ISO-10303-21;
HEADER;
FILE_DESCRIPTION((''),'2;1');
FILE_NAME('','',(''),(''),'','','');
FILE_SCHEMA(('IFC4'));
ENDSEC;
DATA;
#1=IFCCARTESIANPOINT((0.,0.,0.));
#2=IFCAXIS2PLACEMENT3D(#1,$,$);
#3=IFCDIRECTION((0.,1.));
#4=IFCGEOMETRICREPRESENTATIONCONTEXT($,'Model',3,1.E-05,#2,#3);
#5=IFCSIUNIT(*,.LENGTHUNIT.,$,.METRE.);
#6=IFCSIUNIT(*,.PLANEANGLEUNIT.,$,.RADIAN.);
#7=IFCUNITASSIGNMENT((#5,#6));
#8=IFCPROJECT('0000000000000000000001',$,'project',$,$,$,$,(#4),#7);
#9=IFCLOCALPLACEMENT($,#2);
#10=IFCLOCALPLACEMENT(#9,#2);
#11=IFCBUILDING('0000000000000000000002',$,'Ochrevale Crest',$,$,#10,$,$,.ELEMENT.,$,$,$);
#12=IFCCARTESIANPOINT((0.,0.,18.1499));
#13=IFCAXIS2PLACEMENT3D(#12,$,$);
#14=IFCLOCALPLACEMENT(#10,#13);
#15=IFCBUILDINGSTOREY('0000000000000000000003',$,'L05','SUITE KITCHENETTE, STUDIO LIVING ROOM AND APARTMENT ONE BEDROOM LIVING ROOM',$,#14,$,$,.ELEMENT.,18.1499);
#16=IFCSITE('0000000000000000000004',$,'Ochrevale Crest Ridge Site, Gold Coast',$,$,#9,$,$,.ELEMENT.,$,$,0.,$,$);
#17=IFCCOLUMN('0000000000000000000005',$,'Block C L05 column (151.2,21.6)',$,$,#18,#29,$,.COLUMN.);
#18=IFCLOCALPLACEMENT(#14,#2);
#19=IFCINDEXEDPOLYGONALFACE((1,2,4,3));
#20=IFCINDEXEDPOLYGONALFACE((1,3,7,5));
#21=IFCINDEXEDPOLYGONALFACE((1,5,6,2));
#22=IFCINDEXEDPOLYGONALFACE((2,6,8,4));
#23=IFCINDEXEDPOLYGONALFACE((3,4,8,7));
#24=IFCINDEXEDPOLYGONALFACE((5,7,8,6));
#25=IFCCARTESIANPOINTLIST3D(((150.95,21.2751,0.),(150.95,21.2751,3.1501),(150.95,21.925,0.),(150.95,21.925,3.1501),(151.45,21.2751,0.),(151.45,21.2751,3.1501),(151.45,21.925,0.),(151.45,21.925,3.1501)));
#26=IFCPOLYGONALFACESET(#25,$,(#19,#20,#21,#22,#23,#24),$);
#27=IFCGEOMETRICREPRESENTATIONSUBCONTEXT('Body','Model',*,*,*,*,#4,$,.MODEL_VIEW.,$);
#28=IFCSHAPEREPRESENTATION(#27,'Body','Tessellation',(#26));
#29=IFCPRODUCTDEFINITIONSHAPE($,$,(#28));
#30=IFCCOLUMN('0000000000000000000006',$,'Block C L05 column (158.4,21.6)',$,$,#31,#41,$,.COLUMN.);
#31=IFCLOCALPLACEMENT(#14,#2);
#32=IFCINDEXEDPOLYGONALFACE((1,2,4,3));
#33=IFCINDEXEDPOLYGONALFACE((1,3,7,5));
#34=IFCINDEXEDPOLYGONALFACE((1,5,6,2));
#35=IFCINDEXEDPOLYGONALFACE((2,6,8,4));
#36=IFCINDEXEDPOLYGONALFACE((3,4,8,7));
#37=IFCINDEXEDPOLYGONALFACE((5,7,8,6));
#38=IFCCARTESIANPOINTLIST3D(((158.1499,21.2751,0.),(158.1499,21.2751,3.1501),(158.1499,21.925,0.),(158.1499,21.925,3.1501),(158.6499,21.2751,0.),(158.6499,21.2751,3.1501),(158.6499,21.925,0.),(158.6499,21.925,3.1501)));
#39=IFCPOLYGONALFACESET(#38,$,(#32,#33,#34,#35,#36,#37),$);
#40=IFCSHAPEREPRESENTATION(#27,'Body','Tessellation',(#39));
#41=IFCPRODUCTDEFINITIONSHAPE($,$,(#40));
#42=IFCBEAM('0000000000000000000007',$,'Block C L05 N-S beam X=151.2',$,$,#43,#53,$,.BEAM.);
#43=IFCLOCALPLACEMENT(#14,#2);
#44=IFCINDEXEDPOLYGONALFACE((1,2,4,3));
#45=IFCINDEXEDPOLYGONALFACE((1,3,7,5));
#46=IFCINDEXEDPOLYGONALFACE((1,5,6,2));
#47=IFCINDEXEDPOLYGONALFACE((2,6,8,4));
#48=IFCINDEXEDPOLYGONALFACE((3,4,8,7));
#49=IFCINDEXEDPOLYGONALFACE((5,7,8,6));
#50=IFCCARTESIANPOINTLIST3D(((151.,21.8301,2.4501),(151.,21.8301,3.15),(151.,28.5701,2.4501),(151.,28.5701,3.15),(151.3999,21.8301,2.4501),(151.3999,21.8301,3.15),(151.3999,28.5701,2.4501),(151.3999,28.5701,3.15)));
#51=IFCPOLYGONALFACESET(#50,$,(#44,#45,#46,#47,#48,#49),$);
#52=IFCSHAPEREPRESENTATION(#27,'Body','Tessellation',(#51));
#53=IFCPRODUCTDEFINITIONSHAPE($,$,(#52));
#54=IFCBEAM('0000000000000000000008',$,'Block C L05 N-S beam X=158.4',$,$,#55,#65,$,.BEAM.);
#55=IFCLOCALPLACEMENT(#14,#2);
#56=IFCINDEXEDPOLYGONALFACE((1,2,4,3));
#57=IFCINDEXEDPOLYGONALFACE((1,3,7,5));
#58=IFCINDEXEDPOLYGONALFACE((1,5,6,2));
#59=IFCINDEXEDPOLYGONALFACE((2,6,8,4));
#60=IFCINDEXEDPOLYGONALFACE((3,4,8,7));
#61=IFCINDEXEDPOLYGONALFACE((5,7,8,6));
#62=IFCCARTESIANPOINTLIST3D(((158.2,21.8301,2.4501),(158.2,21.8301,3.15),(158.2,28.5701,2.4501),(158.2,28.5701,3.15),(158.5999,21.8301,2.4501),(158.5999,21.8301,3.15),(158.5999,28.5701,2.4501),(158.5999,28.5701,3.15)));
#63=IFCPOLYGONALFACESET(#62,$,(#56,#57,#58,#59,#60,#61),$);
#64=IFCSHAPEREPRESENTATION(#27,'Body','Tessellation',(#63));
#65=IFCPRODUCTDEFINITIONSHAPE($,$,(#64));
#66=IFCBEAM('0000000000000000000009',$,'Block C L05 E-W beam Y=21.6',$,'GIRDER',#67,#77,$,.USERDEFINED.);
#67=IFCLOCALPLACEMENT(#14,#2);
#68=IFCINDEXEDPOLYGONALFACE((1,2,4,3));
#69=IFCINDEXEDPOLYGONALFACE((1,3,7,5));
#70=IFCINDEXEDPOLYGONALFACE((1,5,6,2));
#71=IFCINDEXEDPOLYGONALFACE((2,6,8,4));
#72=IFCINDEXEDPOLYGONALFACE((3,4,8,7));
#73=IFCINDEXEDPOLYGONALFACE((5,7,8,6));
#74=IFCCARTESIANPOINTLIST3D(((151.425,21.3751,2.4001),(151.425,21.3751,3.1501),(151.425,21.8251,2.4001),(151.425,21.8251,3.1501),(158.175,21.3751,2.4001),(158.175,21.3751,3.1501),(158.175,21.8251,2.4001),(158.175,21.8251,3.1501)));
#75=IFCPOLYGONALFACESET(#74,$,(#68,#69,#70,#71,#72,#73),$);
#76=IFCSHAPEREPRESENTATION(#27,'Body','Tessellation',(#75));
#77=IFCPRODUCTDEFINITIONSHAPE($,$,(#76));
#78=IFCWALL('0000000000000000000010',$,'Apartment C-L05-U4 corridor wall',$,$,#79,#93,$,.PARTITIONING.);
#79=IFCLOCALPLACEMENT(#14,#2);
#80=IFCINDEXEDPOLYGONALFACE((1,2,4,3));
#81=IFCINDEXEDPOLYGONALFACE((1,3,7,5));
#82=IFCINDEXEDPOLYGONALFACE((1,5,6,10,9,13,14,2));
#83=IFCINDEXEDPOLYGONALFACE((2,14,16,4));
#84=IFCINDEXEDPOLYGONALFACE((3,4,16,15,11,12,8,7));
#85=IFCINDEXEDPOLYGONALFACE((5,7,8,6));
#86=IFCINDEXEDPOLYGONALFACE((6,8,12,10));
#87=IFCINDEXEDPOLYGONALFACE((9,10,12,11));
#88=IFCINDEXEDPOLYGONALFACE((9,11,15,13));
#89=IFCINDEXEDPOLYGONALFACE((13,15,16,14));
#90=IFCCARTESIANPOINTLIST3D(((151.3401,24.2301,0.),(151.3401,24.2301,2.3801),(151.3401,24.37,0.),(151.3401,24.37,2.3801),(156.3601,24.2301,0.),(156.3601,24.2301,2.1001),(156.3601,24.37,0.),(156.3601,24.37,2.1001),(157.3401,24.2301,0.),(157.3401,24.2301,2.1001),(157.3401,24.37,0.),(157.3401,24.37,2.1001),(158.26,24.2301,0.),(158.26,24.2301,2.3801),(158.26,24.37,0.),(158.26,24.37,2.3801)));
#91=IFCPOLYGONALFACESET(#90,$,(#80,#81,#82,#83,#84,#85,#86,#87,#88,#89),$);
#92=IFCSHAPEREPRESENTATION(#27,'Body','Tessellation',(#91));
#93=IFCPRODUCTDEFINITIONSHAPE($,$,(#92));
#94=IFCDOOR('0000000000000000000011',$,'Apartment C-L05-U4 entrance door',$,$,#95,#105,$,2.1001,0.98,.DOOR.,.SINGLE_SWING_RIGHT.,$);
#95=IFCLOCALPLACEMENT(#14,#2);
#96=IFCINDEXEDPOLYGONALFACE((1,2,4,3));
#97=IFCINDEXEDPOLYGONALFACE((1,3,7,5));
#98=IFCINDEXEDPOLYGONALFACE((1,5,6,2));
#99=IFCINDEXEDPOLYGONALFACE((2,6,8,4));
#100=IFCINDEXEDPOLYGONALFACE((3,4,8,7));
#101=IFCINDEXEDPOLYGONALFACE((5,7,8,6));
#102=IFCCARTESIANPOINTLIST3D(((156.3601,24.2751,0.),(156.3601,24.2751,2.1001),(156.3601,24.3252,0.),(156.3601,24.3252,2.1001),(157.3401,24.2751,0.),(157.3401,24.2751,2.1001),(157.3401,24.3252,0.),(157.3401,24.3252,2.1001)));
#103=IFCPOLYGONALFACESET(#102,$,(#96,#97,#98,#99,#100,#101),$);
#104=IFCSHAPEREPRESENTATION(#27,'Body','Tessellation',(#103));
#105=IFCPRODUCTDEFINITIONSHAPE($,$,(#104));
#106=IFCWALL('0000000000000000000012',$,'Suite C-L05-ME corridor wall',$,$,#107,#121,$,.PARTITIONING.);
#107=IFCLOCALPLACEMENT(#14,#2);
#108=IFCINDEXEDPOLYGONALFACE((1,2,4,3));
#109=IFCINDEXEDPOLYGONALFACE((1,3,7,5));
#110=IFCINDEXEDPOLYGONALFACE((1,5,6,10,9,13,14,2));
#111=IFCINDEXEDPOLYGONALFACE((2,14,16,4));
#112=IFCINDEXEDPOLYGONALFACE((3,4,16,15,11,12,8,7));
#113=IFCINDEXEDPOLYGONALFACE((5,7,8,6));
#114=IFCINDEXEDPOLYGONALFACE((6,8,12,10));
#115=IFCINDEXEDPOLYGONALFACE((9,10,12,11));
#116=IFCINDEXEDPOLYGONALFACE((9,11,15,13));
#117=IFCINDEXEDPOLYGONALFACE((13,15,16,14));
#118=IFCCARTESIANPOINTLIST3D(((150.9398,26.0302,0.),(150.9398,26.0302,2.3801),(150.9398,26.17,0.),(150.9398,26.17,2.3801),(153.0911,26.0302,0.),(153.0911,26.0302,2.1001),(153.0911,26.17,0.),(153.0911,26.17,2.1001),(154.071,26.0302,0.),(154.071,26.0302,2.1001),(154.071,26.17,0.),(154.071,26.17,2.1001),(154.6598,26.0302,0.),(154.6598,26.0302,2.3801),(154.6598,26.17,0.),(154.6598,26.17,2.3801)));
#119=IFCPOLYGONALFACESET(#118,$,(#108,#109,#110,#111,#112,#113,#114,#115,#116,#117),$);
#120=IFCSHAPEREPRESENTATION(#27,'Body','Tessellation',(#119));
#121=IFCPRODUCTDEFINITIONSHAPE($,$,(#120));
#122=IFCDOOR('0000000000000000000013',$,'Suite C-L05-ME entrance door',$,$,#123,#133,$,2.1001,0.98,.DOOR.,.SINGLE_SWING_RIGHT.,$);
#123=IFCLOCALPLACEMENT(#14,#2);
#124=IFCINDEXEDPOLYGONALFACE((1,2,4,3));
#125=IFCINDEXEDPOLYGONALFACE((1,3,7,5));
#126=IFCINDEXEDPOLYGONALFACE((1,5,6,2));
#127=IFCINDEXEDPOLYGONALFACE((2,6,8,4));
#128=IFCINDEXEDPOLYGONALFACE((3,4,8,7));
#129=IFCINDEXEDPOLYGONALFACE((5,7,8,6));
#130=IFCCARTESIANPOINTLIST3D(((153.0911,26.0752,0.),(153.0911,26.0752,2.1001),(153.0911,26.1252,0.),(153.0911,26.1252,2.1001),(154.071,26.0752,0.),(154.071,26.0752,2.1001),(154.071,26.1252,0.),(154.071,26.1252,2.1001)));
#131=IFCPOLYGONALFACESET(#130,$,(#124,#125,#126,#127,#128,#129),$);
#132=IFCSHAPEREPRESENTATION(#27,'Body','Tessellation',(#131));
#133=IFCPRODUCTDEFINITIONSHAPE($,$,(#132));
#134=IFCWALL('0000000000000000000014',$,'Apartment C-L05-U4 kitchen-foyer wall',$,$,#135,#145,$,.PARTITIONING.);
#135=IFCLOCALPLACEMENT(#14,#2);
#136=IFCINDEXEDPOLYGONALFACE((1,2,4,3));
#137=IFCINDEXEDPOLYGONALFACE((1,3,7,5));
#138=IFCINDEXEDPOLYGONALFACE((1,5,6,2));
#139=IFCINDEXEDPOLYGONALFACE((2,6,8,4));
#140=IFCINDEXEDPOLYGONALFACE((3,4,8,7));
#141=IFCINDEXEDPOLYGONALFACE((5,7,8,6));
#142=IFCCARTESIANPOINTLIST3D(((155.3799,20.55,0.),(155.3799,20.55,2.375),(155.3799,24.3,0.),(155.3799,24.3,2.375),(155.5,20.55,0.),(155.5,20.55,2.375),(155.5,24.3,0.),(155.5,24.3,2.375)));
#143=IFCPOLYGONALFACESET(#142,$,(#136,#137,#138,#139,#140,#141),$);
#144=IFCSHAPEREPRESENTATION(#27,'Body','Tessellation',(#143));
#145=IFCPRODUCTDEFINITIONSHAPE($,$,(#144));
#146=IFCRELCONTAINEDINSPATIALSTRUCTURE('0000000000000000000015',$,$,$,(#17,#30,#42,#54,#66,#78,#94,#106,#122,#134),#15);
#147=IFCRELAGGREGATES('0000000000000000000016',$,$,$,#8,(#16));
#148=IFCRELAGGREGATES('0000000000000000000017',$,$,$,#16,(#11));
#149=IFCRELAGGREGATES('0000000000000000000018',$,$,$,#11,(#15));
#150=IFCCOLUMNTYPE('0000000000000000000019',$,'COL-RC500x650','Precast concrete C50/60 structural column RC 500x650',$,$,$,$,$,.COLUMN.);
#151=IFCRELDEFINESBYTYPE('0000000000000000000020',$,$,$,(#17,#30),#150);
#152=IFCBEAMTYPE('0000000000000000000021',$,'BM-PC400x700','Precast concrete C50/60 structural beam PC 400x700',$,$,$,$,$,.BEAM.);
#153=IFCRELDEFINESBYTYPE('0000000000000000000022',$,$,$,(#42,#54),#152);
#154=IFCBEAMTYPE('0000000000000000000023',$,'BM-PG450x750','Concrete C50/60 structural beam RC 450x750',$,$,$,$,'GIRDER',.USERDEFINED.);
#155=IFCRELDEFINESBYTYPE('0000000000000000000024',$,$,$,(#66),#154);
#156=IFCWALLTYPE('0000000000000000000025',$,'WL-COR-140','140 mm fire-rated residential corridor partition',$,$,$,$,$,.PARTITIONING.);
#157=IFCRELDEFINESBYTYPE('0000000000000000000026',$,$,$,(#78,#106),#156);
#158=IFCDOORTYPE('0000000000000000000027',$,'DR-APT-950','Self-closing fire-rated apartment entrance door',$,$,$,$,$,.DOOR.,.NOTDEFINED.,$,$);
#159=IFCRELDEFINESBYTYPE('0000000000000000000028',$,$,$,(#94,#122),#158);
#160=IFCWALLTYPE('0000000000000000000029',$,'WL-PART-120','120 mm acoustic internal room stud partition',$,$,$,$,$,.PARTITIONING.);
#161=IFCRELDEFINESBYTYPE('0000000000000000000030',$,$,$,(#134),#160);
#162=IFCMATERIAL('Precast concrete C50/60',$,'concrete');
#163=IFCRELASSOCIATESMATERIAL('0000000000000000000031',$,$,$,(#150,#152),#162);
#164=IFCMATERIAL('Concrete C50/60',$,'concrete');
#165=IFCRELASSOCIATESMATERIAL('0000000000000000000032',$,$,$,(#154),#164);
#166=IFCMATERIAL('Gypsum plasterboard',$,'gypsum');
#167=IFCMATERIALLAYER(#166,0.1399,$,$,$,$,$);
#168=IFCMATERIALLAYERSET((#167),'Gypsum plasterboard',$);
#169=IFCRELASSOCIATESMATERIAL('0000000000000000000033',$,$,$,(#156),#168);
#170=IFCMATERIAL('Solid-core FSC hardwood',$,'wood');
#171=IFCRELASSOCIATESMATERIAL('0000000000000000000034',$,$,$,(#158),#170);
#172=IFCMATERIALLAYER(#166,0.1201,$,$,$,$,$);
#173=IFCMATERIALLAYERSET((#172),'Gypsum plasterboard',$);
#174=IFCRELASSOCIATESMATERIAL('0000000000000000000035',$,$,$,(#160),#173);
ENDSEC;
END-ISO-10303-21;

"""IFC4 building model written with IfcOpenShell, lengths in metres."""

from ifc_helpers import new_model, si_unit, direction, frame, frame_2d, origin, origin_2d, place, context, subcontext, project, spatial, rectangle, extrude, material, layer, layer_set, material_profile, profile_set, type_object, element, fill, save


model = new_model("IFC4")

# Units and contexts
model_context = context("Model", 3, precision=1e-05, world=origin(), true_north=direction((0.0, 1.0)))
body_context = subcontext(model_context, "Body", "Model", "MODEL_VIEW")
ifc_project = project(units=[si_unit("LENGTHUNIT", "METRE"), si_unit("PLANEANGLEUNIT", "RADIAN")], contexts=[model_context])

# Site, building, storey
site_placement = place(None, origin())
site = spatial("IfcSite", under=ifc_project, at=site_placement, Name="Ochrevale Crest Ridge Site, Gold Coast", CompositionType="ELEMENT", RefElevation=0.0)
building_placement = place(site_placement, origin())
building = spatial("IfcBuilding", under=site, at=building_placement, Name="Ochrevale Crest", CompositionType="ELEMENT")
storey_placement = place(building_placement, frame((0.0, 0.0, 18.1499)))
storey = spatial("IfcBuildingStorey", under=building, at=storey_placement, Name="L05", Description="SUITE KITCHENETTE, STUDIO LIVING ROOM AND APARTMENT ONE BEDROOM LIVING ROOM", CompositionType="ELEMENT", Elevation=18.1499)

# Columns
ifc_material_1 = material(Name="Precast concrete C50/60", Category="concrete")
ifc_material_profile_1 = material_profile(ifc_material_1, rectangle(XDim=0.5, YDim=0.6499, at=origin_2d()), Name="RC 500x650")
ifc_profile_set_1 = profile_set([ifc_material_profile_1], Name="Precast concrete C50/60")
column_type = type_object("IfcColumnType", Name="COL-RC500x650", Description="Precast concrete C50/60 structural column RC 500x650", PredefinedType="COLUMN", material=ifc_profile_set_1)
for number, where, z_axis, x_axis, name in (
    (1, (151.2, 21.6001, 0.0), (0.0, 0.0, 1.0), (1.0, 0.0, 0.0), "Block C L05 column (151.2,21.6)"),
    (2, (158.3999, 21.6001, 0.0), (0.0, 0.0, 1.0), (1.0, 0.0, 0.0), "Block C L05 column (158.4,21.6)"),
):
    element("IfcColumn", number, at=place(storey_placement, frame(where, z_axis=z_axis, x_axis=x_axis)), inside=storey, type_object=column_type, Name=name, PredefinedType="COLUMN", context=body_context, shape_type="SweptSolid", body=[
        extrude(rectangle(XDim=0.5, YDim=0.6499, at=origin_2d()), origin(), (0.0, 0.0, 1.0), 3.1501),
    ])

# Beams
ifc_material_profile_2 = material_profile(ifc_material_1, rectangle(XDim=0.3999, YDim=0.7, at=origin_2d()), Name="PC 400x700")
ifc_profile_set_2 = profile_set([ifc_material_profile_2], Name="Precast concrete C50/60")
beam_type_1 = type_object("IfcBeamType", Name="BM-PC400x700", Description="Precast concrete C50/60 structural beam PC 400x700", PredefinedType="BEAM", material=ifc_profile_set_2)
for number, where, z_axis, x_axis, name in (
    (3, (151.2, 21.8301, 2.8), (0.0, 1.0, 0.0), (-1.0, 0.0, 0.0), "Block C L05 N-S beam X=151.2"),
    (4, (158.3999, 21.8301, 2.8), (0.0, 1.0, 0.0), (-1.0, 0.0, 0.0), "Block C L05 N-S beam X=158.4"),
):
    element("IfcBeam", number, at=place(storey_placement, frame(where, z_axis=z_axis, x_axis=x_axis)), inside=storey, type_object=beam_type_1, Name=name, PredefinedType="BEAM", context=body_context, shape_type="SweptSolid", body=[
        extrude(rectangle(XDim=0.3999, YDim=0.7, at=origin_2d()), origin(), (0.0, 0.0, 1.0), 6.74),
    ])
ifc_material_2 = material(Name="Concrete C50/60", Category="concrete")
ifc_material_profile_3 = material_profile(ifc_material_2, rectangle(XDim=0.45, YDim=0.75, at=origin_2d()), Name="RC 450x750")
ifc_profile_set_3 = profile_set([ifc_material_profile_3], Name="Concrete C50/60")
beam_type_2 = type_object("IfcBeamType", Name="BM-PG450x750", Description="Concrete C50/60 structural beam RC 450x750", ElementType="GIRDER", PredefinedType="USERDEFINED", material=ifc_profile_set_3)
beam_placement = place(storey_placement, frame((151.425, 21.6001, 2.7751), z_axis=(1.0, 0.0, 0.0), x_axis=(0.0, 1.0, 0.0)))
element("IfcBeam", 5, at=beam_placement, inside=storey, type_object=beam_type_2, Name="Block C L05 E-W beam Y=21.6", ObjectType="GIRDER", PredefinedType="USERDEFINED", context=body_context, shape_type="SweptSolid", body=[
    extrude(rectangle(XDim=0.45, YDim=0.75, at=origin_2d()), origin(), (0.0, 0.0, 1.0), 6.75),
])

# Walls, openings, doors
ifc_material_3 = material(Name="Gypsum plasterboard", Category="gypsum")
ifc_layer_1 = layer(ifc_material_3, 0.1399)
ifc_layer_set_1 = layer_set([ifc_layer_1], Name="Gypsum plasterboard")
wall_type_1 = type_object("IfcWallType", Name="WL-COR-140", Description="140 mm fire-rated residential corridor partition", PredefinedType="PARTITIONING", material=ifc_layer_set_1)
wall_1_placement = place(storey_placement, frame((151.3401, 24.3, 0.0), z_axis=(0.0, 0.0, 1.0), x_axis=(1.0, 0.0, 0.0)))
wall_1 = element("IfcWall", 6, at=wall_1_placement, inside=storey, type_object=wall_type_1, Name="Apartment C-L05-U4 corridor wall", PredefinedType="PARTITIONING", context=body_context, shape_type="SweptSolid", body=[
    extrude(rectangle(XDim=6.9199, YDim=0.1399, at=frame_2d((3.46, 0.0))), origin(), (0.0, 0.0, 1.0), 2.3801),
])
opening_1_placement = place(wall_1_placement, frame((6.0, 0.0, 0.0), z_axis=(0.0, 0.0, 1.0), x_axis=(-1.0, 0.0, 0.0)))
opening_1 = element("IfcOpeningElement", 7, at=opening_1_placement, cuts=wall_1, PredefinedType="OPENING", context=body_context, shape_type="SweptSolid", body=[
    extrude(rectangle(XDim=0.98, YDim=2.1001, at=frame_2d((0.49, 1.05))), frame((0.0, 0.0801, 0.0), z_axis=(0.0, -1.0, 0.0), x_axis=(1.0, 0.0, 0.0)), (0.0, 0.0, 1.0), 0.1599),
])
ifc_material_4 = material(Name="Solid-core FSC hardwood", Category="wood")
door_type_1 = type_object("IfcDoorType", Name="DR-APT-950", Description="Self-closing fire-rated apartment entrance door", OperationType="NOTDEFINED", PredefinedType="DOOR", material=ifc_material_4)
door_1_placement = place(opening_1_placement, origin())
door_1 = element("IfcDoor", 8, at=door_1_placement, inside=storey, type_object=door_type_1, Name="Apartment C-L05-U4 entrance door", OperationType="SINGLE_SWING_RIGHT", OverallHeight=2.1001, OverallWidth=0.98, PredefinedType="DOOR", context=body_context, shape_type="SweptSolid", body=[
    extrude(rectangle(XDim=0.98, YDim=2.1001, at=frame_2d((0.49, 1.05))), frame((0.0, 0.0249, 0.0), z_axis=(0.0, -1.0, 0.0), x_axis=(1.0, 0.0, 0.0)), (0.0, 0.0, 1.0), 0.05),
])
fill(opening_1, door_1)
wall_2_placement = place(storey_placement, frame((150.9399, 26.1001, 0.0), z_axis=(0.0, 0.0, 1.0), x_axis=(1.0, 0.0, 0.0)))
wall_2 = element("IfcWall", 9, at=wall_2_placement, inside=storey, type_object=wall_type_1, Name="Suite C-L05-ME corridor wall", PredefinedType="PARTITIONING", context=body_context, shape_type="SweptSolid", body=[
    extrude(rectangle(XDim=3.72, YDim=0.1399, at=frame_2d((1.8599, 0.0))), origin(), (0.0, 0.0, 1.0), 2.3801),
])
opening_2_placement = place(wall_2_placement, frame((3.1311, 0.0, 0.0), z_axis=(0.0, 0.0, 1.0), x_axis=(-1.0, 0.0, 0.0)))
opening_2 = element("IfcOpeningElement", 10, at=opening_2_placement, cuts=wall_2, PredefinedType="OPENING", context=body_context, shape_type="SweptSolid", body=[
    extrude(rectangle(XDim=0.98, YDim=2.1001, at=frame_2d((0.49, 1.05))), frame((0.0, 0.0801, 0.0), z_axis=(0.0, -1.0, 0.0), x_axis=(1.0, 0.0, 0.0)), (0.0, 0.0, 1.0), 0.1599),
])
door_2_placement = place(opening_2_placement, origin())
door_2 = element("IfcDoor", 11, at=door_2_placement, inside=storey, type_object=door_type_1, Name="Suite C-L05-ME entrance door", OperationType="SINGLE_SWING_RIGHT", OverallHeight=2.1001, OverallWidth=0.98, PredefinedType="DOOR", context=body_context, shape_type="SweptSolid", body=[
    extrude(rectangle(XDim=0.98, YDim=2.1001, at=frame_2d((0.49, 1.05))), frame((0.0, 0.0249, 0.0), z_axis=(0.0, -1.0, 0.0), x_axis=(1.0, 0.0, 0.0)), (0.0, 0.0, 1.0), 0.05),
])
fill(opening_2, door_2)

# Wall
ifc_layer_2 = layer(ifc_material_3, 0.1201)
ifc_layer_set_2 = layer_set([ifc_layer_2], Name="Gypsum plasterboard")
wall_type_2 = type_object("IfcWallType", Name="WL-PART-120", Description="120 mm acoustic internal room stud partition", PredefinedType="PARTITIONING", material=ifc_layer_set_2)
wall_3_placement = place(storey_placement, frame((155.4399, 20.55, 0.0), z_axis=(0.0, 0.0, 1.0), x_axis=(0.0, 1.0, 0.0)))
element("IfcWall", 12, at=wall_3_placement, inside=storey, type_object=wall_type_2, Name="Apartment C-L05-U4 kitchen-foyer wall", PredefinedType="PARTITIONING", context=body_context, shape_type="SweptSolid", body=[
    extrude(rectangle(XDim=3.75, YDim=0.1201, at=frame_2d((1.875, 0.0))), origin(), (0.0, 0.0, 1.0), 2.375),
])

save(model, "model.ifc")
